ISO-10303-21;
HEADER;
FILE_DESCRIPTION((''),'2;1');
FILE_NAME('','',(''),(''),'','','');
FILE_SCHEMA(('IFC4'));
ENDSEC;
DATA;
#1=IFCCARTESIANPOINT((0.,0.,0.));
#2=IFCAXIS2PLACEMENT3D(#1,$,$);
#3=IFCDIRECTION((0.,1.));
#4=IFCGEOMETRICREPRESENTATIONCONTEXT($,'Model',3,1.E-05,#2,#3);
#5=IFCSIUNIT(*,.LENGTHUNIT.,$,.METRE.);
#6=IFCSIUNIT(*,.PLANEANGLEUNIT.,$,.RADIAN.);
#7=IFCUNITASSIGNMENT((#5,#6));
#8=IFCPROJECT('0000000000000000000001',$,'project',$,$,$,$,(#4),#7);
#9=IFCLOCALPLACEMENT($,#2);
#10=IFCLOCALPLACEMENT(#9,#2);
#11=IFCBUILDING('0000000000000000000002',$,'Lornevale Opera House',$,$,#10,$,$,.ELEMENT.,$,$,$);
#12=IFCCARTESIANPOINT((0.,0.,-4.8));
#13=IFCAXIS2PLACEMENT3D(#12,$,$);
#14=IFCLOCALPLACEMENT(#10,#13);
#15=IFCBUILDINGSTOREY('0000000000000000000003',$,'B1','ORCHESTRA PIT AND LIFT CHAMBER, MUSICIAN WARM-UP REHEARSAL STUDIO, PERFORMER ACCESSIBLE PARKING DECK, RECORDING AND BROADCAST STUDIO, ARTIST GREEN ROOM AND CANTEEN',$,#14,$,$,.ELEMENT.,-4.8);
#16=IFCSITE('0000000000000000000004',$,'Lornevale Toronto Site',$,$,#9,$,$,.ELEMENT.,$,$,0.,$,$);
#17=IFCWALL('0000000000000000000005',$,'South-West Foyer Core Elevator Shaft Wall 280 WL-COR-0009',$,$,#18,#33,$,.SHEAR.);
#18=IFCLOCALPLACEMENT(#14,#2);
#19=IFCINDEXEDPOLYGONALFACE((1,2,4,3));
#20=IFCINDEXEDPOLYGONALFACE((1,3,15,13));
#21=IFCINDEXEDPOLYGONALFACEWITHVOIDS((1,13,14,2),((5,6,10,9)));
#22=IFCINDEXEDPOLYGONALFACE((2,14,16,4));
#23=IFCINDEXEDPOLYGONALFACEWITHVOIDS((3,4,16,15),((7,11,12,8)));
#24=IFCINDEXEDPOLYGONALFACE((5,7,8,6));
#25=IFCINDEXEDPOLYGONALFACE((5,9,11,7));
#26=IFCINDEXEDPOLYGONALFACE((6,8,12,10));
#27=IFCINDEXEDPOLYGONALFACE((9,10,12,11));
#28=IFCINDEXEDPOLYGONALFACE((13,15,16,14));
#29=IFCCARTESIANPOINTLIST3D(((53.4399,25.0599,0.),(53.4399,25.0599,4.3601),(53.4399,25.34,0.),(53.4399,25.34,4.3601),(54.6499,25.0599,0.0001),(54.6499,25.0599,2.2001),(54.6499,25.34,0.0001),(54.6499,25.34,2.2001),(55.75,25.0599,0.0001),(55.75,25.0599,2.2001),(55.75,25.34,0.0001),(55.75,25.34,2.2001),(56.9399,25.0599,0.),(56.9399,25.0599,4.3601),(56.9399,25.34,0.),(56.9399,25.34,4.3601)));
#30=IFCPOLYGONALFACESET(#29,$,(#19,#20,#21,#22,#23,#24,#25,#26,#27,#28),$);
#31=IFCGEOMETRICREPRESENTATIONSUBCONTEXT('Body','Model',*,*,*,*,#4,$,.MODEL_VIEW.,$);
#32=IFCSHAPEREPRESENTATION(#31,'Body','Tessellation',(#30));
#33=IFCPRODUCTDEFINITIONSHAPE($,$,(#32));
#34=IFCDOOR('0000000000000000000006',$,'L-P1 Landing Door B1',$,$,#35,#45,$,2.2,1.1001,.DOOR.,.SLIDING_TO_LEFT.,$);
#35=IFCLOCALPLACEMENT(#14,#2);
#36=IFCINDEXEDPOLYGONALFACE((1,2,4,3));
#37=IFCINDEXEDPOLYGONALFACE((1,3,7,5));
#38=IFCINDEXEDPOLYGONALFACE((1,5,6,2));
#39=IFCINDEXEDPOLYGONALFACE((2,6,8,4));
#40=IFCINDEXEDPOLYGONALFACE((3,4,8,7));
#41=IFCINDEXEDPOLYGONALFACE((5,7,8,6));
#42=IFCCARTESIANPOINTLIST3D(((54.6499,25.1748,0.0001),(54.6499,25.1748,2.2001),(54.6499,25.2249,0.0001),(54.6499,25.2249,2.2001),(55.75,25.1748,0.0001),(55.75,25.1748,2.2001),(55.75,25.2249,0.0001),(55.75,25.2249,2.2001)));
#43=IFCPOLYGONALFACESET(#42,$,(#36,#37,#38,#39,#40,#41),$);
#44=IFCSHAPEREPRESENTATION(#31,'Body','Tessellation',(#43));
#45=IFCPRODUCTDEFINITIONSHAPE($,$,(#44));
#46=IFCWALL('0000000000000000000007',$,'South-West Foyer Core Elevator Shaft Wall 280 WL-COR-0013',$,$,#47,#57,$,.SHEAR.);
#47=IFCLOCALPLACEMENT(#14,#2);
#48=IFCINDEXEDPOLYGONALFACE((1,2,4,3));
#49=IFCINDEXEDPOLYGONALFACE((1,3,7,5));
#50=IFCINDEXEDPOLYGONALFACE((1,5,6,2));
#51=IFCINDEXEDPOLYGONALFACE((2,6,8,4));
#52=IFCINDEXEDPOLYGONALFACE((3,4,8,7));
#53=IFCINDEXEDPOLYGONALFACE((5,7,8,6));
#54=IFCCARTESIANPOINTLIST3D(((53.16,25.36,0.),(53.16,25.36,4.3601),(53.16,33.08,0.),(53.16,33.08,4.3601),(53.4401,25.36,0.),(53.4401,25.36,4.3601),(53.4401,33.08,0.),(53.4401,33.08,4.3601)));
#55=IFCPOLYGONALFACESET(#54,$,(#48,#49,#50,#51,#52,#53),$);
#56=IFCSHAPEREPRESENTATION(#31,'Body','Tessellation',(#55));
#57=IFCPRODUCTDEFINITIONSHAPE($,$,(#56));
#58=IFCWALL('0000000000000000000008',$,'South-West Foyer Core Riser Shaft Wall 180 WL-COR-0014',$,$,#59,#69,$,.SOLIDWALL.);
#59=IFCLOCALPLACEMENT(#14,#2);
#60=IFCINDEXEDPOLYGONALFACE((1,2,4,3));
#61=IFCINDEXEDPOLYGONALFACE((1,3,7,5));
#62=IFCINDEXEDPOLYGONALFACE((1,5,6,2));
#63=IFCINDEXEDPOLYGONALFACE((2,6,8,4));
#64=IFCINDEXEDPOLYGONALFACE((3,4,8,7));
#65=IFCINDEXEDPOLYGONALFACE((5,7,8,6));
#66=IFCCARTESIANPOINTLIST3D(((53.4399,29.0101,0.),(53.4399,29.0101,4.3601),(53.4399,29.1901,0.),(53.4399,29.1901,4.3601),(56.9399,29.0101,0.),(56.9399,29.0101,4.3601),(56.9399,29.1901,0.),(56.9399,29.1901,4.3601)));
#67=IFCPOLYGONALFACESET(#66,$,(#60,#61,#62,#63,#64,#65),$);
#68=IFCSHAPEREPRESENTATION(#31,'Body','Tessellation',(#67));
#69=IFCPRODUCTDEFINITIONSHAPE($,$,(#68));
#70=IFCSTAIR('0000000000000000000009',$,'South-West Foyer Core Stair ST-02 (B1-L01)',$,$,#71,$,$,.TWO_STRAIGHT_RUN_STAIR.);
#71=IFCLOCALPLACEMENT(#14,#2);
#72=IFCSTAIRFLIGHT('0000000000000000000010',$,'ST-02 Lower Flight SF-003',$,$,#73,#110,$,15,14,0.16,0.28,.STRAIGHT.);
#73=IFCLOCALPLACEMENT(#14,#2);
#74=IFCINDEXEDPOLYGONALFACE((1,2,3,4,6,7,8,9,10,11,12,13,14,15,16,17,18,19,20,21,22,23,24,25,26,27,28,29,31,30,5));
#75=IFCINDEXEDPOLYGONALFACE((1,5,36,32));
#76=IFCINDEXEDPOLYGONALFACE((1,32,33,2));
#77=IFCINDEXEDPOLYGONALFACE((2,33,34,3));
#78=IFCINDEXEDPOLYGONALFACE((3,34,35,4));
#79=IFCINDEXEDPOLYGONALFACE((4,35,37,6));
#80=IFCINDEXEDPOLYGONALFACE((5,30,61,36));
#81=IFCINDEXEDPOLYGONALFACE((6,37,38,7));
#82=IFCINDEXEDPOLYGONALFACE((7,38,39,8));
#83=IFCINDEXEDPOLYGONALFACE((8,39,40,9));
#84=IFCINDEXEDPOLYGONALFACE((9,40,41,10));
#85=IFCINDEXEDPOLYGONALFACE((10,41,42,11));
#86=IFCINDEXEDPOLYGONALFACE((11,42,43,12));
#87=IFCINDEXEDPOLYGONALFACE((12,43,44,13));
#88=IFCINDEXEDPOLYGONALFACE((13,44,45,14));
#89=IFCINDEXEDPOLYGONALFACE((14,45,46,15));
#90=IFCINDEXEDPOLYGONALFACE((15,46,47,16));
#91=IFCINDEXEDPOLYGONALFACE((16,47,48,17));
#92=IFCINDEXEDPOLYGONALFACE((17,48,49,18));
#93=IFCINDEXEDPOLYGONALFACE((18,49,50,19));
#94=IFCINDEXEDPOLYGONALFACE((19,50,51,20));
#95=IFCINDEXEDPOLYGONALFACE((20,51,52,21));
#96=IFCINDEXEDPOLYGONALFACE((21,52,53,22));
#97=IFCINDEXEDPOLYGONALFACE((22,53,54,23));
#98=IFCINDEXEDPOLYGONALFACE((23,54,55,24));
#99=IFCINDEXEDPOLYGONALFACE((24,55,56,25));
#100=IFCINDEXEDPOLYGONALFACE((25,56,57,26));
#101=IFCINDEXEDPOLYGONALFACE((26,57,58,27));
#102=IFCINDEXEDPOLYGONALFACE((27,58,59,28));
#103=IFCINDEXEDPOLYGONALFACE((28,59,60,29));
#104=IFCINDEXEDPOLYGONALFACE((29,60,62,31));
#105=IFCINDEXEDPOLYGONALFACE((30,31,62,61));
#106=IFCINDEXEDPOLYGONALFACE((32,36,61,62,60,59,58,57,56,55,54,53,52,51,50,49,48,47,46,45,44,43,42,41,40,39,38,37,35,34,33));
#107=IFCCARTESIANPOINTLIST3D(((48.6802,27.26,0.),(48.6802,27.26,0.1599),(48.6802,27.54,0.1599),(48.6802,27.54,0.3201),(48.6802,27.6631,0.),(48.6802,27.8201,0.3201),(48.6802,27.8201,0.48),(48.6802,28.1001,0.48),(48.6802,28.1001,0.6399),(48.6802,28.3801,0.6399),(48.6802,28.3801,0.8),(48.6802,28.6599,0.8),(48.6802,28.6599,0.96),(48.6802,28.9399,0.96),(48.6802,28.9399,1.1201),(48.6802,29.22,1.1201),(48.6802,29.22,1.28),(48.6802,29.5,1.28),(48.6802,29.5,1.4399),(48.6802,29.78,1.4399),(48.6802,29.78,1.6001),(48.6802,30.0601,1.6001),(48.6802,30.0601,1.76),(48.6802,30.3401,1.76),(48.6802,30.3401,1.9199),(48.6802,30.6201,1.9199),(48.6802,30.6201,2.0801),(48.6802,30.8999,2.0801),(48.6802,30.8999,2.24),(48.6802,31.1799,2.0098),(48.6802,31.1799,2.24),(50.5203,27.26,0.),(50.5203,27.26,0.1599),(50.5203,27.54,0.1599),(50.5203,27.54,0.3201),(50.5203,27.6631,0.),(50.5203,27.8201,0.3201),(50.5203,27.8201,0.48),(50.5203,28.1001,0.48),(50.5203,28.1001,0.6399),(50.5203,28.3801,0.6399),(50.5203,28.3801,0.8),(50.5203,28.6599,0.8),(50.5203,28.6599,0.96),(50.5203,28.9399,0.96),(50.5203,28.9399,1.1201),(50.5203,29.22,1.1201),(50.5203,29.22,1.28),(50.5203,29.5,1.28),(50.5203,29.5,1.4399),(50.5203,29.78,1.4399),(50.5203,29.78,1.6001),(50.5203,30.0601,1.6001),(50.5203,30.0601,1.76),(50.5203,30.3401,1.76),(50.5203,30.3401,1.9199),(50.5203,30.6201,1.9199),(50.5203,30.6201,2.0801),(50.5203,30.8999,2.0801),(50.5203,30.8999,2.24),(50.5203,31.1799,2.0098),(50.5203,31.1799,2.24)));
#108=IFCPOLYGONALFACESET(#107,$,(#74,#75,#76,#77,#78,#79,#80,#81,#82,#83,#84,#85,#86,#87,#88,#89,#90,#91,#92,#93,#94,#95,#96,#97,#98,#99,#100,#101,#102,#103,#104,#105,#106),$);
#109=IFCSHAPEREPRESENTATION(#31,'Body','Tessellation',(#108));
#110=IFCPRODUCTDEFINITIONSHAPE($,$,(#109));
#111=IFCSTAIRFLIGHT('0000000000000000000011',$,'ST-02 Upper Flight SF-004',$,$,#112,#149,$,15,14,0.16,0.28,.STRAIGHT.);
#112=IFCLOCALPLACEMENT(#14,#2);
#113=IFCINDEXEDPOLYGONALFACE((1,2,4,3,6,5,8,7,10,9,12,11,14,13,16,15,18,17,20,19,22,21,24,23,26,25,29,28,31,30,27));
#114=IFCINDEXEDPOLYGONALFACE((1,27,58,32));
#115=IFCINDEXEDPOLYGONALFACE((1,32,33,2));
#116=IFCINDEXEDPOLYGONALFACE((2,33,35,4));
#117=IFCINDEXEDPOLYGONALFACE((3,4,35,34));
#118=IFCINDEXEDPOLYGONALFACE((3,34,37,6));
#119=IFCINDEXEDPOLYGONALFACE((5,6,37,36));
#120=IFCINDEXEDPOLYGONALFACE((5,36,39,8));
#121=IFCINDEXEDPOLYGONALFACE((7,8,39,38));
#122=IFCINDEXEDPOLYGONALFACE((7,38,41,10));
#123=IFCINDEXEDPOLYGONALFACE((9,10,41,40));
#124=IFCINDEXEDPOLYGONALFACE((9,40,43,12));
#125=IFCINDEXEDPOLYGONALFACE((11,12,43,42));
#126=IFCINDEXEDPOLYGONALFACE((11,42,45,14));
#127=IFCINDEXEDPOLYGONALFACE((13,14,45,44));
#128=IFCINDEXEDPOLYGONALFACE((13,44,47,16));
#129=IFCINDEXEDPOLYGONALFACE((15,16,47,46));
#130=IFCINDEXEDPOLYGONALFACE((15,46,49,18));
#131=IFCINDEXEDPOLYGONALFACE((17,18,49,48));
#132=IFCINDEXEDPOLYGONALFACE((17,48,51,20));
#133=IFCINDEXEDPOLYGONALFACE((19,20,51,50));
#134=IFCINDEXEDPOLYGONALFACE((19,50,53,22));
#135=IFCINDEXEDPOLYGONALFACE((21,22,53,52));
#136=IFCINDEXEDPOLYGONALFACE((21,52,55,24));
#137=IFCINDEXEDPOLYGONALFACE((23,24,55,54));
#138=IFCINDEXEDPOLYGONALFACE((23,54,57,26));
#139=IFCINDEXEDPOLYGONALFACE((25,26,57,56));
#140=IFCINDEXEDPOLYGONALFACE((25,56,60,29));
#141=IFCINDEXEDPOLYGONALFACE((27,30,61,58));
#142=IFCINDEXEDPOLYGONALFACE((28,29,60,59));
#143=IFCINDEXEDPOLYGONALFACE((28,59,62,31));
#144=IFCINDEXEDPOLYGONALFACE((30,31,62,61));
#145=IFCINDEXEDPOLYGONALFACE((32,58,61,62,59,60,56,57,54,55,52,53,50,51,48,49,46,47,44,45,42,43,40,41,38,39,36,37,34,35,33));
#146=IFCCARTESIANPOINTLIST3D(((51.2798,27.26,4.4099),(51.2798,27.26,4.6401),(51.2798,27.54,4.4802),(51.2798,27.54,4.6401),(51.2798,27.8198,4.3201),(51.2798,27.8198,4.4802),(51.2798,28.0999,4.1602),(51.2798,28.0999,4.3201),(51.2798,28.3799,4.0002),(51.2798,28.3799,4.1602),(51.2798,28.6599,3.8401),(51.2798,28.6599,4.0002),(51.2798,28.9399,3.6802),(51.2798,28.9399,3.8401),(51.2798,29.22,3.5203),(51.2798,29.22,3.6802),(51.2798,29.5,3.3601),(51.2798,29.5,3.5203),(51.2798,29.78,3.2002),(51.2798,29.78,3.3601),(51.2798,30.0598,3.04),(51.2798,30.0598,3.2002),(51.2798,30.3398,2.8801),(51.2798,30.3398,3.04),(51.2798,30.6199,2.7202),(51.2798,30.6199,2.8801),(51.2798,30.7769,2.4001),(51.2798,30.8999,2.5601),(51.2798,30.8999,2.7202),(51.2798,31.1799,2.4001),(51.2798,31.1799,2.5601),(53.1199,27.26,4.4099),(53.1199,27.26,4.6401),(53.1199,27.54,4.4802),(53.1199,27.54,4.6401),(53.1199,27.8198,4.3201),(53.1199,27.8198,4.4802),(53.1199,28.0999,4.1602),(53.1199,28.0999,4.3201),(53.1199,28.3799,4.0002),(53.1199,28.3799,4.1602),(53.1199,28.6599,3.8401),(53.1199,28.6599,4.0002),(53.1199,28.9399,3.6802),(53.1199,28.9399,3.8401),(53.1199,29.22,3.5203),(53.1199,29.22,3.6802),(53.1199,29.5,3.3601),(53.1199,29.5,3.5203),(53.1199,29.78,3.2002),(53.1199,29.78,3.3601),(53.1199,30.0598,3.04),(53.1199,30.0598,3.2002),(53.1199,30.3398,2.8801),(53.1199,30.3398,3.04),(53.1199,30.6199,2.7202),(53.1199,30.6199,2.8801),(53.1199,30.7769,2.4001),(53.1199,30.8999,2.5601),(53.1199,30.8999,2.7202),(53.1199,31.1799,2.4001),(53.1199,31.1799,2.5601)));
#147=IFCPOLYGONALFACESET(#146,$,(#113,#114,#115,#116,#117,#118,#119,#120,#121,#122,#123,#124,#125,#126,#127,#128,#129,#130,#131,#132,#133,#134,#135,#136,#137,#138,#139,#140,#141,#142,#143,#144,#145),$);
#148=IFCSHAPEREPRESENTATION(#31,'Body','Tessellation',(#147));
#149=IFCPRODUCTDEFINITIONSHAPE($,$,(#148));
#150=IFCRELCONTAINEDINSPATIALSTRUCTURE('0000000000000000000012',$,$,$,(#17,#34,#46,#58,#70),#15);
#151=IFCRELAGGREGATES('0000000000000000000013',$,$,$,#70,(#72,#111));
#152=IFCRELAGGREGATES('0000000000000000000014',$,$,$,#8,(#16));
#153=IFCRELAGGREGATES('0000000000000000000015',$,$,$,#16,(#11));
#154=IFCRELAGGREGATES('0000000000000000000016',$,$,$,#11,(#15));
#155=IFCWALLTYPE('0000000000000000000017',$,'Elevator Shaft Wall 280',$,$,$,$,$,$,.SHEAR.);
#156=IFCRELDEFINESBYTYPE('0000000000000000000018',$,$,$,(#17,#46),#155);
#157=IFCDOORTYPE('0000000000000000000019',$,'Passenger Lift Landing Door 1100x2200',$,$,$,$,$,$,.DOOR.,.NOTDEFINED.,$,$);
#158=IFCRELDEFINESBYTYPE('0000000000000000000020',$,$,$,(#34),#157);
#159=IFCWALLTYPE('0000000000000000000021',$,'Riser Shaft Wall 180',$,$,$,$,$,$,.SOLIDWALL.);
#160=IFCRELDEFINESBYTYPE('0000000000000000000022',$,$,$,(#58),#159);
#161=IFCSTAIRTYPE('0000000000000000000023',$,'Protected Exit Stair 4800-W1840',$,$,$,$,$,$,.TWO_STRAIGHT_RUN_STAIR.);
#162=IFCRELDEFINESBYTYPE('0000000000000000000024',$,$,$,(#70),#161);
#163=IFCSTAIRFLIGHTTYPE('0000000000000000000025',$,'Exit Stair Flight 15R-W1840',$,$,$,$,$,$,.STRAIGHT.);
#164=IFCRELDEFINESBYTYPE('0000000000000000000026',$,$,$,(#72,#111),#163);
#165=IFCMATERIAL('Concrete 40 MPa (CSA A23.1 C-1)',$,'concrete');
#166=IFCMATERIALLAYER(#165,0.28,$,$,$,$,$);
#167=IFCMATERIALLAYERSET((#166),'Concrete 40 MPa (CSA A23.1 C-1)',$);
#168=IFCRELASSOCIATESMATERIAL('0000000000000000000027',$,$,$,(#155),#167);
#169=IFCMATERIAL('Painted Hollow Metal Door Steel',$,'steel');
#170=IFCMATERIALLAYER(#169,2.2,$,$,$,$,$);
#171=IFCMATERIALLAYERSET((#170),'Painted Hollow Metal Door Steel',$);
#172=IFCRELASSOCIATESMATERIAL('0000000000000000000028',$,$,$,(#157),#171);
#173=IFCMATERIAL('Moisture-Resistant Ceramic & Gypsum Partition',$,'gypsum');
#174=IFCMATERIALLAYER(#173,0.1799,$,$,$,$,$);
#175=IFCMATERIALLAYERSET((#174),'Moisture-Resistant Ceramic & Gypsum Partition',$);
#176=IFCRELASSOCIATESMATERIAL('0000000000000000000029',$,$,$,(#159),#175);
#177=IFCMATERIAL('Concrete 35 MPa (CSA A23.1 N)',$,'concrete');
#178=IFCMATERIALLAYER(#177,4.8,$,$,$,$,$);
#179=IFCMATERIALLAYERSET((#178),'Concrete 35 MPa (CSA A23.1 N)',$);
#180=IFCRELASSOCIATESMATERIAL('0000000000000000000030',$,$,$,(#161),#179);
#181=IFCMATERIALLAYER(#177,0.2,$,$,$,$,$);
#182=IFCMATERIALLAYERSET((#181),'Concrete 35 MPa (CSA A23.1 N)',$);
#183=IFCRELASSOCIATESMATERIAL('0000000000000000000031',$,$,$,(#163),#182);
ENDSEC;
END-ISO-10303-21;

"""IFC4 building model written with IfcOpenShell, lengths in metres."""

from ifc_helpers import new_model, si_unit, direction, frame, frame_2d, origin, place, context, subcontext, project, spatial, polyline, rectangle, outline, extrude, material, layer, layer_set, type_object, element, fill, aggregate, save


model = new_model("IFC4")

# Units and contexts
model_context = context("Model", 3, precision=1e-05, world=origin(), true_north=direction((0.0, 1.0)))
body_context = subcontext(model_context, "Body", "Model", "MODEL_VIEW")
ifc_project = project(units=[si_unit("LENGTHUNIT", "METRE"), si_unit("PLANEANGLEUNIT", "RADIAN")], contexts=[model_context])

# Site, building, storey
site_placement = place(None, origin())
site = spatial("IfcSite", under=ifc_project, at=site_placement, Name="Lornevale Toronto Site", CompositionType="ELEMENT", RefElevation=0.0)
building_placement = place(site_placement, origin())
building = spatial("IfcBuilding", under=site, at=building_placement, Name="Lornevale Opera House", CompositionType="ELEMENT")
storey_placement = place(building_placement, frame((0.0, 0.0, -4.8)))
storey = spatial("IfcBuildingStorey", under=building, at=storey_placement, Name="B1", Description="ORCHESTRA PIT AND LIFT CHAMBER, MUSICIAN WARM-UP REHEARSAL STUDIO, PERFORMER ACCESSIBLE PARKING DECK, RECORDING AND BROADCAST STUDIO, ARTIST GREEN ROOM AND CANTEEN", CompositionType="ELEMENT", Elevation=-4.8)

# Shared definitions
ifc_material_1 = material(Name="Concrete 40 MPa (CSA A23.1 C-1)", Category="concrete")

# Shared definitions
ifc_material_2 = material(Name="Concrete 35 MPa (CSA A23.1 N)", Category="concrete")

# Shared definitions
ifc_material_3 = material(Name="Painted Hollow Metal Door Steel", Category="steel")

# Wall, opening, door
ifc_layer_1 = layer(ifc_material_1, 0.28)
ifc_layer_set_1 = layer_set([ifc_layer_1], Name="Concrete 40 MPa (CSA A23.1 C-1)")
wall_type_1 = type_object("IfcWallType", Name="Elevator Shaft Wall 280", PredefinedType="SHEAR", material=ifc_layer_set_1)
wall_1_placement = place(storey_placement, frame((53.4399, 25.2, 0.0), z_axis=(0.0, 0.0, 1.0), x_axis=(1.0, 0.0, 0.0)))
wall_1 = element("IfcWall", 1, at=wall_1_placement, inside=storey, type_object=wall_type_1, Name="South-West Foyer Core Elevator Shaft Wall 280 WL-COR-0009", PredefinedType="SHEAR", context=body_context, shape_type="SweptSolid", body=[
    extrude(rectangle(XDim=3.5, YDim=0.28, at=frame_2d((1.75, 0.0))), origin(), (0.0, 0.0, 1.0), 4.3601),
])
opening_1_placement = place(wall_1_placement, frame((1.21, 0.0, 0.0)))
opening_1 = element("IfcOpeningElement", 2, at=opening_1_placement, cuts=wall_1, PredefinedType="OPENING", context=body_context, shape_type="SweptSolid", body=[
    extrude(rectangle(XDim=1.1001, YDim=2.2, at=frame_2d((0.55, 1.1001))), frame((0.0, 0.1499, 0.0), z_axis=(0.0, -1.0, 0.0), x_axis=(1.0, 0.0, 0.0)), (0.0, 0.0, 1.0), 0.3),
])
ifc_layer_2 = layer(ifc_material_3, 2.2)
ifc_layer_set_2 = layer_set([ifc_layer_2], Name="Painted Hollow Metal Door Steel")
door_type_1 = type_object("IfcDoorType", Name="Passenger Lift Landing Door 1100x2200", OperationType="NOTDEFINED", PredefinedType="DOOR", material=ifc_layer_set_2)
door_1_placement = place(opening_1_placement, origin())
door_1 = element("IfcDoor", 3, at=door_1_placement, inside=storey, type_object=door_type_1, Name="L-P1 Landing Door B1", OperationType="SLIDING_TO_LEFT", OverallHeight=2.2, OverallWidth=1.1001, PredefinedType="DOOR", context=body_context, shape_type="SweptSolid", body=[
    extrude(rectangle(XDim=1.1001, YDim=2.2, at=frame_2d((0.55, 1.1001))), frame((0.0, 0.0249, 0.0), z_axis=(0.0, -1.0, 0.0), x_axis=(1.0, 0.0, 0.0)), (0.0, 0.0, 1.0), 0.05),
])
fill(opening_1, door_1)

# Walls
wall_2_placement = place(storey_placement, frame((53.3, 25.3601, 0.0), z_axis=(0.0, 0.0, 1.0), x_axis=(0.0, 1.0, 0.0)))
element("IfcWall", 4, at=wall_2_placement, inside=storey, type_object=wall_type_1, Name="South-West Foyer Core Elevator Shaft Wall 280 WL-COR-0013", PredefinedType="SHEAR", context=body_context, shape_type="SweptSolid", body=[
    extrude(rectangle(XDim=7.72, YDim=0.28, at=frame_2d((3.8599, 0.0))), origin(), (0.0, 0.0, 1.0), 4.3601),
])
ifc_material_4 = material(Name="Moisture-Resistant Ceramic & Gypsum Partition", Category="gypsum")
ifc_layer_3 = layer(ifc_material_4, 0.1799)
ifc_layer_set_3 = layer_set([ifc_layer_3], Name="Moisture-Resistant Ceramic & Gypsum Partition")
wall_type_2 = type_object("IfcWallType", Name="Riser Shaft Wall 180", PredefinedType="SOLIDWALL", material=ifc_layer_set_3)
wall_3_placement = place(storey_placement, frame((53.4399, 29.1001, 0.0), z_axis=(0.0, 0.0, 1.0), x_axis=(1.0, 0.0, 0.0)))
element("IfcWall", 5, at=wall_3_placement, inside=storey, type_object=wall_type_2, Name="South-West Foyer Core Riser Shaft Wall 180 WL-COR-0014", PredefinedType="SOLIDWALL", context=body_context, shape_type="SweptSolid", body=[
    extrude(rectangle(XDim=3.5, YDim=0.1799, at=frame_2d((1.75, 0.0))), origin(), (0.0, 0.0, 1.0), 4.3601),
])

# Stair, stair flights
ifc_layer_4 = layer(ifc_material_2, 4.8)
ifc_layer_set_4 = layer_set([ifc_layer_4], Name="Concrete 35 MPa (CSA A23.1 N)")
stair_type = type_object("IfcStairType", Name="Protected Exit Stair 4800-W1840", PredefinedType="TWO_STRAIGHT_RUN_STAIR", material=ifc_layer_set_4)
stair_placement = place(storey_placement, origin())
stair = element("IfcStair", 6, at=stair_placement, inside=storey, type_object=stair_type, Name="South-West Foyer Core Stair ST-02 (B1-L01)", PredefinedType="TWO_STRAIGHT_RUN_STAIR")
ifc_layer_5 = layer(ifc_material_2, 0.2)
ifc_layer_set_5 = layer_set([ifc_layer_5], Name="Concrete 35 MPa (CSA A23.1 N)")
stair_flight_type = type_object("IfcStairFlightType", Name="Exit Stair Flight 15R-W1840", PredefinedType="STRAIGHT", material=ifc_layer_set_5)
stair_flight_1_placement = place(storey_placement, frame((49.6001, 27.26, 0.0), z_axis=(0.0, 0.0, 1.0), x_axis=(0.0, 1.0, 0.0)))
stair_flight_1 = element("IfcStairFlight", 7, at=stair_flight_1_placement, type_object=stair_flight_type, Name="ST-02 Lower Flight SF-003", NumberOfRisers=15, NumberOfTreads=14, PredefinedType="STRAIGHT", RiserHeight=0.16, TreadLength=0.28, context=body_context, shape_type="SweptSolid", body=[
    extrude(outline(polyline([(0.0, 0.0), (0.0, 0.1599), (0.28, 0.1599), (0.28, 0.3201), (0.5601, 0.3201), (0.5601, 0.48), (0.8401, 0.48), (0.8401, 0.6399), (1.1201, 0.6399), (1.1201, 0.8), (1.3999, 0.8), (1.3999, 0.96), (1.6799, 0.96), (1.6799, 1.1201), (1.96, 1.1201), (1.96, 1.28), (2.24, 1.28), (2.24, 1.4399), (2.52, 1.4399), (2.52, 1.6001), (2.8, 1.6001), (2.8, 1.76), (3.0801, 1.76), (3.0801, 1.9199), (3.3601, 1.9199), (3.3601, 2.0801), (3.6399, 2.0801), (3.6399, 2.24), (3.9199, 2.24), (3.9199, 2.0098), (0.4031, 0.0), (0.0, 0.0)])), frame((0.0, 0.9199, 0.0), z_axis=(0.0, -1.0, 0.0), x_axis=(1.0, 0.0, 0.0)), (0.0, 0.0, 1.0), 1.8401),
])
stair_flight_2_placement = place(storey_placement, frame((52.2, 31.1799, 2.4001), z_axis=(0.0, 0.0, 1.0), x_axis=(0.0, -1.0, 0.0)))
stair_flight_2 = element("IfcStairFlight", 8, at=stair_flight_2_placement, type_object=stair_flight_type, Name="ST-02 Upper Flight SF-004", NumberOfRisers=15, NumberOfTreads=14, PredefinedType="STRAIGHT", RiserHeight=0.16, TreadLength=0.28, context=body_context, shape_type="SweptSolid", body=[
    extrude(outline(polyline([(0.0, 0.0), (0.0, 0.1599), (0.28, 0.1599), (0.28, 0.3201), (0.5601, 0.3201), (0.5601, 0.48), (0.8401, 0.48), (0.8401, 0.6399), (1.1201, 0.6399), (1.1201, 0.8), (1.3999, 0.8), (1.3999, 0.96), (1.6799, 0.96), (1.6799, 1.1201), (1.96, 1.1201), (1.96, 1.28), (2.24, 1.28), (2.24, 1.4399), (2.52, 1.4399), (2.52, 1.6001), (2.8, 1.6001), (2.8, 1.76), (3.0801, 1.76), (3.0801, 1.9199), (3.3601, 1.9199), (3.3601, 2.0801), (3.6399, 2.0801), (3.6399, 2.24), (3.9199, 2.24), (3.9199, 2.0098), (0.4031, 0.0), (0.0, 0.0)])), frame((0.0, 0.9199, 0.0), z_axis=(0.0, -1.0, 0.0), x_axis=(1.0, 0.0, 0.0)), (0.0, 0.0, 1.0), 1.8401),
])
aggregate(stair, [stair_flight_1, stair_flight_2])

save(model, "model.ifc")
